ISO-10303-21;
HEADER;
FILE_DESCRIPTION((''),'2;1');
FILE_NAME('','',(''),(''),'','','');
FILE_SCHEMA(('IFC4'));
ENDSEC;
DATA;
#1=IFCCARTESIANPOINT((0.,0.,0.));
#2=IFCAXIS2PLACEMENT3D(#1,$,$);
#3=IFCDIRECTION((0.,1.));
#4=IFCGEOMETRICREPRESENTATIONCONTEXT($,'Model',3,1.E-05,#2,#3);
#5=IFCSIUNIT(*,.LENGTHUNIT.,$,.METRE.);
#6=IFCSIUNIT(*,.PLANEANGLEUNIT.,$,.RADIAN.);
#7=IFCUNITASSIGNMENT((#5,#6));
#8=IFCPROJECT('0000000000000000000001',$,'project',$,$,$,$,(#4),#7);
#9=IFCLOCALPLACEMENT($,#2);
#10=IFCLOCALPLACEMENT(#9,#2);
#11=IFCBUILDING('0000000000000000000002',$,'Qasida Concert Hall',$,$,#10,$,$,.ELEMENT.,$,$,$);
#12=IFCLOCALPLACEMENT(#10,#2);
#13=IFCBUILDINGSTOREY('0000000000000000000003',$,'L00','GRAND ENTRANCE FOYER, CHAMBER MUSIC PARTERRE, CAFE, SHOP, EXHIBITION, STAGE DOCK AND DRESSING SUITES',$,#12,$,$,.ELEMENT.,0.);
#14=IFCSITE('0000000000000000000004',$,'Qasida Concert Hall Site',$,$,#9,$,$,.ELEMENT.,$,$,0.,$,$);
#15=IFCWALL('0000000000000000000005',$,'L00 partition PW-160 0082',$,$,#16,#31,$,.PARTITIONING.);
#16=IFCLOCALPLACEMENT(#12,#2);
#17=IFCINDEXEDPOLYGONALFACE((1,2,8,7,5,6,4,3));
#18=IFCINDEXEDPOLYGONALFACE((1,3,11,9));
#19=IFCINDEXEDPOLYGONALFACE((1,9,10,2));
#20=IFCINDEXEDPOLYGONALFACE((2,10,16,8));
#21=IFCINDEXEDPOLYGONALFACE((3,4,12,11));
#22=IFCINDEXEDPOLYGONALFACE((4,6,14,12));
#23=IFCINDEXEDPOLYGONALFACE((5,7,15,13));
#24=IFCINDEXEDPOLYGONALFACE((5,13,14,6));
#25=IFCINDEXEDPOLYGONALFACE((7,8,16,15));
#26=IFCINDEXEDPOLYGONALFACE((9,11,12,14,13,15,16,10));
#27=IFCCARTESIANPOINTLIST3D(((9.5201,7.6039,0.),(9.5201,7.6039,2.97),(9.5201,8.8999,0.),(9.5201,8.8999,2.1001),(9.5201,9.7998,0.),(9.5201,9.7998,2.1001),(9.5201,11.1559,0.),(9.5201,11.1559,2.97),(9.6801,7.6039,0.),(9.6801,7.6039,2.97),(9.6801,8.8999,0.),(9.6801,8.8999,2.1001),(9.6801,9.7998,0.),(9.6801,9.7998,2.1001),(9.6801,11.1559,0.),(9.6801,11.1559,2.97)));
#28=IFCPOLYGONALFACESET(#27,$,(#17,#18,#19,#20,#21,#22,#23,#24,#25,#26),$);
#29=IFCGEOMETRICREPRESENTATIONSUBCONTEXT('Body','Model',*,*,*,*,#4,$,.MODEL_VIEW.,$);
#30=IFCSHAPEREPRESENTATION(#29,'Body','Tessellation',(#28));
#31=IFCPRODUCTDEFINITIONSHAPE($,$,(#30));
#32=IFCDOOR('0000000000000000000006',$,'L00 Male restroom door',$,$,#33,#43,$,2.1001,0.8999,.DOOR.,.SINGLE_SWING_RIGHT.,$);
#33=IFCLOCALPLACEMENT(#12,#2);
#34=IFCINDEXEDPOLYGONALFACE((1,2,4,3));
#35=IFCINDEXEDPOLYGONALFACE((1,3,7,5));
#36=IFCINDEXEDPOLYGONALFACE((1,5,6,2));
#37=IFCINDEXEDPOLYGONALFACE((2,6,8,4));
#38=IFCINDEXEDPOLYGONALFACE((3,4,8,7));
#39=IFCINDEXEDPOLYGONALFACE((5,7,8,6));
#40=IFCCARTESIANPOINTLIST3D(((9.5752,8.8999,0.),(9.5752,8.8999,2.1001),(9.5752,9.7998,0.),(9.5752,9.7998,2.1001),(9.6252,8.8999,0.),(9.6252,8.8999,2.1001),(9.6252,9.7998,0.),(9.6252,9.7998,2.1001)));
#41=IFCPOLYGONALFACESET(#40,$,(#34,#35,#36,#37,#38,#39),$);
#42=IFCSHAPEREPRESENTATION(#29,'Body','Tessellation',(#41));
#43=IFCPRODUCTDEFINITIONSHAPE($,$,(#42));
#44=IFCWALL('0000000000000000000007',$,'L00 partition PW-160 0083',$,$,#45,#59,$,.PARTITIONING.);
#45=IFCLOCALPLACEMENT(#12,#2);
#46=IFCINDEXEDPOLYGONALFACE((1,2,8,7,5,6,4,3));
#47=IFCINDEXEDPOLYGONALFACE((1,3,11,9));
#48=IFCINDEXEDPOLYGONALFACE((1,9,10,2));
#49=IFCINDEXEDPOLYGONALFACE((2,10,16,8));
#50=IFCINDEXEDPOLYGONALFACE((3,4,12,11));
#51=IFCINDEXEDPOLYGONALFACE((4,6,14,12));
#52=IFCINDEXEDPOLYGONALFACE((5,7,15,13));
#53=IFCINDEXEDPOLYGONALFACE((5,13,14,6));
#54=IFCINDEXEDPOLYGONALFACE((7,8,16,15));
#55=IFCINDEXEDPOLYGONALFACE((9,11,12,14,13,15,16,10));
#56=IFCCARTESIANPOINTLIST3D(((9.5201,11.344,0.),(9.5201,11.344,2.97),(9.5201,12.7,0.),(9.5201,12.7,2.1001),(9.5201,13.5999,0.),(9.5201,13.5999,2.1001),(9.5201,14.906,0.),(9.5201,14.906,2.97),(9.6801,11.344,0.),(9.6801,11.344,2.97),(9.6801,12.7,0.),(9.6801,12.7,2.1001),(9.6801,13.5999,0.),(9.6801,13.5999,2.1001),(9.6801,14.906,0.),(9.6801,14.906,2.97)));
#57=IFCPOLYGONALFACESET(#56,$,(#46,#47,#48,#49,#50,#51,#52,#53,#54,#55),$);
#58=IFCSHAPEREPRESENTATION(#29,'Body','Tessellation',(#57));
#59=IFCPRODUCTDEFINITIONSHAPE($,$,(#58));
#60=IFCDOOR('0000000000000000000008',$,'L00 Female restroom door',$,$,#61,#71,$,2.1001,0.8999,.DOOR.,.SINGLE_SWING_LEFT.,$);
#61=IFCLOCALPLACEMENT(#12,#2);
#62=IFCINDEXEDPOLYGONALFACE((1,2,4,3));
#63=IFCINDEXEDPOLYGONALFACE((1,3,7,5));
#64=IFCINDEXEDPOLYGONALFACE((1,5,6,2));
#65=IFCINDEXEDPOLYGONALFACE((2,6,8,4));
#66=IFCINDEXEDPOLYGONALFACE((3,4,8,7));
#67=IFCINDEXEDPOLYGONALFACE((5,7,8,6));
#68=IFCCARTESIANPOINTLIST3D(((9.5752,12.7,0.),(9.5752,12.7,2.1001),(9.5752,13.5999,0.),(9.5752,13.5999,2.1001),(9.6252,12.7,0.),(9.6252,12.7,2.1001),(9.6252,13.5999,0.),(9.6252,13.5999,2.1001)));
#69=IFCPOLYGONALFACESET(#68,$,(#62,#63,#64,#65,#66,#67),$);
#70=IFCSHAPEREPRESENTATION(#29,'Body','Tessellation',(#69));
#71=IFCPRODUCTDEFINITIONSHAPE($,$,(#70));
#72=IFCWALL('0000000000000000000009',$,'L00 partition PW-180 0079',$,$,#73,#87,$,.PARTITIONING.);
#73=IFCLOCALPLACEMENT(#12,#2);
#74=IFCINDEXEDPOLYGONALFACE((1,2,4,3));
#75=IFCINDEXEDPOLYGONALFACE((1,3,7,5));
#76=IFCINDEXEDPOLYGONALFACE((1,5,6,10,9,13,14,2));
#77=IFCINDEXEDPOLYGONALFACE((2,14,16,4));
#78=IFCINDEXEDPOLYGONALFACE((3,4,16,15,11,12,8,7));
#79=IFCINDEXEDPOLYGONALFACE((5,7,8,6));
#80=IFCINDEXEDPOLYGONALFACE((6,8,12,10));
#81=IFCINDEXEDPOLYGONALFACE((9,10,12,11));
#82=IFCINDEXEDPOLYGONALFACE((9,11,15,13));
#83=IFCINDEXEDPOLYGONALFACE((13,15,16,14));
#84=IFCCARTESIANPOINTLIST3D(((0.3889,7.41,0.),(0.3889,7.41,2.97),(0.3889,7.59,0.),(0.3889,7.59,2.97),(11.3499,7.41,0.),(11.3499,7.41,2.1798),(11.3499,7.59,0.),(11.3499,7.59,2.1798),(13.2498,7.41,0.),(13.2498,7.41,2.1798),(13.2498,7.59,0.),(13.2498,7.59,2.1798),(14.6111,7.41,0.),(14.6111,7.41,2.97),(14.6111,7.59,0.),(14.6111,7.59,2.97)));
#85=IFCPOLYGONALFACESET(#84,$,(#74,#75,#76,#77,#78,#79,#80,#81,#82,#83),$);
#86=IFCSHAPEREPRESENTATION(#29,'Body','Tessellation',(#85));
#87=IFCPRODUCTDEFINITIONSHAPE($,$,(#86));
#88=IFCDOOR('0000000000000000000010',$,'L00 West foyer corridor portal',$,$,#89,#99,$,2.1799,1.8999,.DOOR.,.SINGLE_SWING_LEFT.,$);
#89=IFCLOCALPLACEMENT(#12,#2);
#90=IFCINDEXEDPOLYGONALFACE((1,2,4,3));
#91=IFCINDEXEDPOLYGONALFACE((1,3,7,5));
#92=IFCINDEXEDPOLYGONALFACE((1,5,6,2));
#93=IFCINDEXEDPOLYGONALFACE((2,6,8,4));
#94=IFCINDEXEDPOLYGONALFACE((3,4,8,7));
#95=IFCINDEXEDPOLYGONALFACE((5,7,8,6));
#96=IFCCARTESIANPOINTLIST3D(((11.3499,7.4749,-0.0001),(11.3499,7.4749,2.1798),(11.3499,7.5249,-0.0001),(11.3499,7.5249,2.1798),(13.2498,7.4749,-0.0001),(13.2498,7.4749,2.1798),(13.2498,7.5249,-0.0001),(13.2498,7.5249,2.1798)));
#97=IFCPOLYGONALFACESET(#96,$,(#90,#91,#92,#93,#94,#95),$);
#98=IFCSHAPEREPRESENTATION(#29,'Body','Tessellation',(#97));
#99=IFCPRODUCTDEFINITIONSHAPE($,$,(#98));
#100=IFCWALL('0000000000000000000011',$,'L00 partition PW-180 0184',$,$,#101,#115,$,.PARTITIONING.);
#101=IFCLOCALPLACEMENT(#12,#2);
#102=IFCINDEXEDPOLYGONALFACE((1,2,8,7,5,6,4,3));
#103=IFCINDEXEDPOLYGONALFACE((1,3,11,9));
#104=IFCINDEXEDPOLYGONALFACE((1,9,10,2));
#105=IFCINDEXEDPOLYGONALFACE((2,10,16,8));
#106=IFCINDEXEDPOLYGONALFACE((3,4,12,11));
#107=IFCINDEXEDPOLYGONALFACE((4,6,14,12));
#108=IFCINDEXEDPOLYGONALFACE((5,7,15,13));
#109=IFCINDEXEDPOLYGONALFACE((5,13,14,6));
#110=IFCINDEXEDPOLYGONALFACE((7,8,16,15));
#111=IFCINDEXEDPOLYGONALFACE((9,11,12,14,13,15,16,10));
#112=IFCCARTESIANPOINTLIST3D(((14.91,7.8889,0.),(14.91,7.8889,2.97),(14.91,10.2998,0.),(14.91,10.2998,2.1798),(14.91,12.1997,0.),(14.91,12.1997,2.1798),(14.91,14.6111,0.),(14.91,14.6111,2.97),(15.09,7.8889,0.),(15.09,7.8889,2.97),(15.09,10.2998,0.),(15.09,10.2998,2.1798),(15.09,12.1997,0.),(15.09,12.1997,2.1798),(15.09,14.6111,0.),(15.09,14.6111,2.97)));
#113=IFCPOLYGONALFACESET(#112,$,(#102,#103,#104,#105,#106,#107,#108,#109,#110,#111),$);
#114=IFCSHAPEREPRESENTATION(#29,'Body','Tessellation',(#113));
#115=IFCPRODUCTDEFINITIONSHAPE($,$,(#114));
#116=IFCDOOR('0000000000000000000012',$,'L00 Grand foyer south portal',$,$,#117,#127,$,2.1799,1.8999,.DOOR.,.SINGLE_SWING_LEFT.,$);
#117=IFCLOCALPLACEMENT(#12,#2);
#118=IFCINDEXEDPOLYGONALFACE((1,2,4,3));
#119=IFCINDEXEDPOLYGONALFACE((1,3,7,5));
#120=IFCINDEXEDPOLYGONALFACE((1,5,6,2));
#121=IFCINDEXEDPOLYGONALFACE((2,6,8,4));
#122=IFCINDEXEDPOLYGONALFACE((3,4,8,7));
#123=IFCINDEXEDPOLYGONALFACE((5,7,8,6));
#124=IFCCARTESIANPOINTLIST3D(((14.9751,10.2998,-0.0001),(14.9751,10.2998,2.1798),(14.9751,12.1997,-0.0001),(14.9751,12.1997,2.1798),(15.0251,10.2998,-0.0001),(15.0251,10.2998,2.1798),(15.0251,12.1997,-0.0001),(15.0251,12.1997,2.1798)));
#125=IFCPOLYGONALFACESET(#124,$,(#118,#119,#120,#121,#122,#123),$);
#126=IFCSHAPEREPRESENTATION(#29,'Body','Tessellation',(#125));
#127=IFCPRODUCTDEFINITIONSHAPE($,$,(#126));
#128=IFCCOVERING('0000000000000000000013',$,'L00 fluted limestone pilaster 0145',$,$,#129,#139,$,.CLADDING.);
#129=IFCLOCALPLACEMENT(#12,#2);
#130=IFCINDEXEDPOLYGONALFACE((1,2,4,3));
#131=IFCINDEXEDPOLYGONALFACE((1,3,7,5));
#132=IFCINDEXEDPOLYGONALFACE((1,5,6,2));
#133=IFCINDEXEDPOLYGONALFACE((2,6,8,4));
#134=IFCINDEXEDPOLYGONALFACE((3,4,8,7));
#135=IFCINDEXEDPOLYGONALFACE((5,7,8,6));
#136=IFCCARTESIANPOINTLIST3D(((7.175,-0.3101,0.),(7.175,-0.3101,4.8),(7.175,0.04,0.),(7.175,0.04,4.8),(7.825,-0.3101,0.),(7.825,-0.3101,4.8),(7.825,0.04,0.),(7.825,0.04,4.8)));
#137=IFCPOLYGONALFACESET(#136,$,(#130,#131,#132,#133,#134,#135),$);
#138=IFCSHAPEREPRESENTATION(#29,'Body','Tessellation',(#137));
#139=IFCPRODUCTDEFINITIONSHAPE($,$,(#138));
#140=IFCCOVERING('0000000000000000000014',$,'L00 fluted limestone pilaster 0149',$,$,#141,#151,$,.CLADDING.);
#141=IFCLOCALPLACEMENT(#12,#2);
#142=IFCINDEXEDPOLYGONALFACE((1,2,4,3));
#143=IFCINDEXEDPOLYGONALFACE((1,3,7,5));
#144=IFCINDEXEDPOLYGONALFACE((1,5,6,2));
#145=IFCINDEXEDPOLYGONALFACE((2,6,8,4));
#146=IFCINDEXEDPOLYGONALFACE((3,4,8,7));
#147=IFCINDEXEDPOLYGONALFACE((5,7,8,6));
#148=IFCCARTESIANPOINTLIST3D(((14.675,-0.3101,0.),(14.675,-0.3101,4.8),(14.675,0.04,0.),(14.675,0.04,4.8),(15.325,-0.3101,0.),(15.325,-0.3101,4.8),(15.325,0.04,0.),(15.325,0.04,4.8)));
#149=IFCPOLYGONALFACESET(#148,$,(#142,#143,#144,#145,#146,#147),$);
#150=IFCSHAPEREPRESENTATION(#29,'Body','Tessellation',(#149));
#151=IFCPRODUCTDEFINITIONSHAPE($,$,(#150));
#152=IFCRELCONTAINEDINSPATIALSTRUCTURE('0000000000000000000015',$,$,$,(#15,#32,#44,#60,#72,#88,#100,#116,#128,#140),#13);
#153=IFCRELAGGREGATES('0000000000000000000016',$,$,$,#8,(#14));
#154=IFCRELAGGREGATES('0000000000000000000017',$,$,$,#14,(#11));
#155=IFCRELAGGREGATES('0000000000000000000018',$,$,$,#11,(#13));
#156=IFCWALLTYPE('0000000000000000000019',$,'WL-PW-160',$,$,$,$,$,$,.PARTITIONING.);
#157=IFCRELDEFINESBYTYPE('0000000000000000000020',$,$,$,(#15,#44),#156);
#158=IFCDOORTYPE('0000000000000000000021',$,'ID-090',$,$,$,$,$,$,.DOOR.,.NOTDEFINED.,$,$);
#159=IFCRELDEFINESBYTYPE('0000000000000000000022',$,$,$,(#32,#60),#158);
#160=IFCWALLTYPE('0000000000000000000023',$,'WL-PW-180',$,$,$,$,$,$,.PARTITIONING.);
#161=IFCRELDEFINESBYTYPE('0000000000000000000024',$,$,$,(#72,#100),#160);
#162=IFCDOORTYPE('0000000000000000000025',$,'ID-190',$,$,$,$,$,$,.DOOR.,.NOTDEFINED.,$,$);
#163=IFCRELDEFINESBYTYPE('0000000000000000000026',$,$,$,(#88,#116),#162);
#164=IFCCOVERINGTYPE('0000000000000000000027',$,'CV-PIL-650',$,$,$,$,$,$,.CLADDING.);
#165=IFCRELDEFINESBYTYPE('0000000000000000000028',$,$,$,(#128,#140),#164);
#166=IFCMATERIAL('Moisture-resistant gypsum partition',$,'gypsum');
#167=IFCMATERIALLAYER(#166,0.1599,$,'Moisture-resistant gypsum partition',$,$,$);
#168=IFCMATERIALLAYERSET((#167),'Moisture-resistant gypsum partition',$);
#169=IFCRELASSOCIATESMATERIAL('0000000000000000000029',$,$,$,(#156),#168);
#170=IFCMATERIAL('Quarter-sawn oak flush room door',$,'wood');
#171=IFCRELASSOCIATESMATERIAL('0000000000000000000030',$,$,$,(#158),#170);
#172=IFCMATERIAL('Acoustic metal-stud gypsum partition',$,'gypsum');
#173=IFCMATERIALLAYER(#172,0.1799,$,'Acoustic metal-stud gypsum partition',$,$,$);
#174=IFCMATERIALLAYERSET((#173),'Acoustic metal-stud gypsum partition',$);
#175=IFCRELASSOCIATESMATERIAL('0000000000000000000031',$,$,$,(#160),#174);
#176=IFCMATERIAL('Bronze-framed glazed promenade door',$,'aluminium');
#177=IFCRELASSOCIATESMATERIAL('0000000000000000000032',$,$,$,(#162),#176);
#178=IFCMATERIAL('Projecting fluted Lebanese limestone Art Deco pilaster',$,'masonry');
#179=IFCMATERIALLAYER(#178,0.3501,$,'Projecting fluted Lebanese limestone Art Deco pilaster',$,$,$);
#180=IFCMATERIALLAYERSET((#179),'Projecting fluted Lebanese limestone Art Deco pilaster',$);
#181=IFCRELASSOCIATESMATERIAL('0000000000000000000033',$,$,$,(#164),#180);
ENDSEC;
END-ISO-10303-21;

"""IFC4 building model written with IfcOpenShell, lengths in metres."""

from ifc_helpers import new_model, si_unit, direction, frame, frame_2d, origin, origin_2d, place, context, subcontext, project, spatial, rectangle, extrude, material, layer, layer_set, type_object, element, fill, save


model = new_model("IFC4")

# Units and contexts
model_context = context("Model", 3, precision=1e-05, world=origin(), true_north=direction((0.0, 1.0)))
body_context = subcontext(model_context, "Body", "Model", "MODEL_VIEW")
ifc_project = project(units=[si_unit("LENGTHUNIT", "METRE"), si_unit("PLANEANGLEUNIT", "RADIAN")], contexts=[model_context])

# Site, building, storey
site_placement = place(None, origin())
site = spatial("IfcSite", under=ifc_project, at=site_placement, Name="Qasida Concert Hall Site", CompositionType="ELEMENT", RefElevation=0.0)
building_placement = place(site_placement, origin())
building = spatial("IfcBuilding", under=site, at=building_placement, Name="Qasida Concert Hall", CompositionType="ELEMENT")
storey_placement = place(building_placement, origin())
storey = spatial("IfcBuildingStorey", under=building, at=storey_placement, Name="L00", Description="GRAND ENTRANCE FOYER, CHAMBER MUSIC PARTERRE, CAFE, SHOP, EXHIBITION, STAGE DOCK AND DRESSING SUITES", CompositionType="ELEMENT", Elevation=0.0)

# Shared definitions
ifc_material_1 = material(Name="Moisture-resistant gypsum partition", Category="gypsum")
ifc_layer_1 = layer(ifc_material_1, 0.1599, Name="Moisture-resistant gypsum partition")
ifc_layer_set_1 = layer_set([ifc_layer_1], Name="Moisture-resistant gypsum partition")
wall_type_1 = type_object("IfcWallType", Name="WL-PW-160", PredefinedType="PARTITIONING", material=ifc_layer_set_1)

# Walls, openings, doors
wall_1_placement = place(storey_placement, frame((9.6001, 7.604, 0.0), z_axis=(0.0, 0.0, 1.0), x_axis=(0.0, 1.0, 0.0)))
wall_1 = element("IfcWall", 1, at=wall_1_placement, inside=storey, type_object=wall_type_1, Name="L00 partition PW-160 0082", PredefinedType="PARTITIONING", context=body_context, shape_type="SweptSolid", body=[
    extrude(rectangle(XDim=3.552, YDim=0.1599, at=frame_2d((1.7759, 0.0))), origin(), (0.0, 0.0, 1.0), 2.97),
])
opening_1_placement = place(wall_1_placement, frame((1.2959, 0.0, 0.0)))
opening_1 = element("IfcOpeningElement", 2, at=opening_1_placement, cuts=wall_1, PredefinedType="OPENING", context=body_context, shape_type="SweptSolid", body=[
    extrude(rectangle(XDim=0.8999, YDim=2.1001, at=frame_2d((0.45, 1.05))), frame((0.0, 0.0898, 0.0), z_axis=(0.0, -1.0, 0.0), x_axis=(1.0, 0.0, 0.0)), (0.0, 0.0, 1.0), 0.1799),
])
ifc_material_2 = material(Name="Quarter-sawn oak flush room door", Category="wood")
door_type_1 = type_object("IfcDoorType", Name="ID-090", OperationType="NOTDEFINED", PredefinedType="DOOR", material=ifc_material_2)
door_1_placement = place(opening_1_placement, origin())
door_1 = element("IfcDoor", 3, at=door_1_placement, inside=storey, type_object=door_type_1, Name="L00 Male restroom door", OperationType="SINGLE_SWING_RIGHT", OverallHeight=2.1001, OverallWidth=0.8999, PredefinedType="DOOR", context=body_context, shape_type="SweptSolid", body=[
    extrude(rectangle(XDim=0.8999, YDim=2.1001, at=frame_2d((0.45, 1.05))), frame((0.0, 0.0249, 0.0), z_axis=(0.0, -1.0, 0.0), x_axis=(1.0, 0.0, 0.0)), (0.0, 0.0, 1.0), 0.05),
])
fill(opening_1, door_1)
wall_2_placement = place(storey_placement, frame((9.6001, 11.344, 0.0), z_axis=(0.0, 0.0, 1.0), x_axis=(0.0, 1.0, 0.0)))
wall_2 = element("IfcWall", 4, at=wall_2_placement, inside=storey, type_object=wall_type_1, Name="L00 partition PW-160 0083", PredefinedType="PARTITIONING", context=body_context, shape_type="SweptSolid", body=[
    extrude(rectangle(XDim=3.562, YDim=0.1599, at=frame_2d((1.781, 0.0))), origin(), (0.0, 0.0, 1.0), 2.97),
])
opening_2_placement = place(wall_2_placement, frame((1.356, 0.0, 0.0)))
opening_2 = element("IfcOpeningElement", 5, at=opening_2_placement, cuts=wall_2, PredefinedType="OPENING", context=body_context, shape_type="SweptSolid", body=[
    extrude(rectangle(XDim=0.8999, YDim=2.1001, at=frame_2d((0.45, 1.05))), frame((0.0, 0.0898, 0.0), z_axis=(0.0, -1.0, 0.0), x_axis=(1.0, 0.0, 0.0)), (0.0, 0.0, 1.0), 0.1799),
])
door_2_placement = place(opening_2_placement, origin())
door_2 = element("IfcDoor", 6, at=door_2_placement, inside=storey, type_object=door_type_1, Name="L00 Female restroom door", OperationType="SINGLE_SWING_LEFT", OverallHeight=2.1001, OverallWidth=0.8999, PredefinedType="DOOR", context=body_context, shape_type="SweptSolid", body=[
    extrude(rectangle(XDim=0.8999, YDim=2.1001, at=frame_2d((0.45, 1.05))), frame((0.0, 0.0249, 0.0), z_axis=(0.0, -1.0, 0.0), x_axis=(1.0, 0.0, 0.0)), (0.0, 0.0, 1.0), 0.05),
])
fill(opening_2, door_2)
ifc_material_3 = material(Name="Acoustic metal-stud gypsum partition", Category="gypsum")
ifc_layer_2 = layer(ifc_material_3, 0.1799, Name="Acoustic metal-stud gypsum partition")
ifc_layer_set_2 = layer_set([ifc_layer_2], Name="Acoustic metal-stud gypsum partition")
wall_type_2 = type_object("IfcWallType", Name="WL-PW-180", PredefinedType="PARTITIONING", material=ifc_layer_set_2)
wall_3_placement = place(storey_placement, frame((0.3889, 7.5, 0.0), z_axis=(0.0, 0.0, 1.0), x_axis=(1.0, 0.0, 0.0)))
wall_3 = element("IfcWall", 7, at=wall_3_placement, inside=storey, type_object=wall_type_2, Name="L00 partition PW-180 0079", PredefinedType="PARTITIONING", context=body_context, shape_type="SweptSolid", body=[
    extrude(rectangle(XDim=14.2222, YDim=0.1799, at=frame_2d((7.1111, 0.0))), origin(), (0.0, 0.0, 1.0), 2.97),
])
opening_3_placement = place(wall_3_placement, frame((10.9609, 0.0, 0.0)))
opening_3 = element("IfcOpeningElement", 8, at=opening_3_placement, cuts=wall_3, PredefinedType="OPENING", context=body_context, shape_type="SweptSolid", body=[
    extrude(rectangle(XDim=1.8999, YDim=2.1799, at=frame_2d((0.95, 1.0898))), frame((0.0, 0.0999, 0.0), z_axis=(0.0, -1.0, 0.0), x_axis=(1.0, 0.0, 0.0)), (0.0, 0.0, 1.0), 0.2),
])
ifc_material_4 = material(Name="Bronze-framed glazed promenade door", Category="aluminium")
door_type_2 = type_object("IfcDoorType", Name="ID-190", OperationType="NOTDEFINED", PredefinedType="DOOR", material=ifc_material_4)
door_3_placement = place(opening_3_placement, origin())
door_3 = element("IfcDoor", 9, at=door_3_placement, inside=storey, type_object=door_type_2, Name="L00 West foyer corridor portal", OperationType="SINGLE_SWING_LEFT", OverallHeight=2.1799, OverallWidth=1.8999, PredefinedType="DOOR", context=body_context, shape_type="SweptSolid", body=[
    extrude(rectangle(XDim=1.8999, YDim=2.1799, at=frame_2d((0.95, 1.0898))), frame((0.0, 0.0249, 0.0), z_axis=(0.0, -1.0, 0.0), x_axis=(1.0, 0.0, 0.0)), (0.0, 0.0, 1.0), 0.05),
])
fill(opening_3, door_3)
wall_4_placement = place(storey_placement, frame((15.0, 7.8889, 0.0), z_axis=(0.0, 0.0, 1.0), x_axis=(0.0, 1.0, 0.0)))
wall_4 = element("IfcWall", 10, at=wall_4_placement, inside=storey, type_object=wall_type_2, Name="L00 partition PW-180 0184", PredefinedType="PARTITIONING", context=body_context, shape_type="SweptSolid", body=[
    extrude(rectangle(XDim=6.7222, YDim=0.1799, at=frame_2d((3.3611, 0.0))), origin(), (0.0, 0.0, 1.0), 2.97),
])
opening_4_placement = place(wall_4_placement, frame((2.4109, 0.0, 0.0)))
opening_4 = element("IfcOpeningElement", 11, at=opening_4_placement, cuts=wall_4, PredefinedType="OPENING", context=body_context, shape_type="SweptSolid", body=[
    extrude(rectangle(XDim=1.8999, YDim=2.1799, at=frame_2d((0.95, 1.0898))), frame((0.0, 0.0999, 0.0), z_axis=(0.0, -1.0, 0.0), x_axis=(1.0, 0.0, 0.0)), (0.0, 0.0, 1.0), 0.2),
])
door_4_placement = place(opening_4_placement, origin())
door_4 = element("IfcDoor", 12, at=door_4_placement, inside=storey, type_object=door_type_2, Name="L00 Grand foyer south portal", OperationType="SINGLE_SWING_LEFT", OverallHeight=2.1799, OverallWidth=1.8999, PredefinedType="DOOR", context=body_context, shape_type="SweptSolid", body=[
    extrude(rectangle(XDim=1.8999, YDim=2.1799, at=frame_2d((0.95, 1.0898))), frame((0.0, 0.0249, 0.0), z_axis=(0.0, -1.0, 0.0), x_axis=(1.0, 0.0, 0.0)), (0.0, 0.0, 1.0), 0.05),
])
fill(opening_4, door_4)

# Coverings
ifc_material_5 = material(Name="Projecting fluted Lebanese limestone Art Deco pilaster", Category="masonry")
ifc_layer_3 = layer(ifc_material_5, 0.3501, Name="Projecting fluted Lebanese limestone Art Deco pilaster")
ifc_layer_set_3 = layer_set([ifc_layer_3], Name="Projecting fluted Lebanese limestone Art Deco pilaster")
covering_type = type_object("IfcCoveringType", Name="CV-PIL-650", PredefinedType="CLADDING", material=ifc_layer_set_3)
for number, where, z_axis, x_axis, name in (
    (13, (7.5, -0.135, 0.0), (0.0, 0.0, 1.0), (1.0, 0.0, 0.0), "L00 fluted limestone pilaster 0145"),
    (14, (15.0, -0.135, 0.0), (0.0, 0.0, 1.0), (1.0, 0.0, 0.0), "L00 fluted limestone pilaster 0149"),
):
    element("IfcCovering", number, at=place(storey_placement, frame(where, z_axis=z_axis, x_axis=x_axis)), inside=storey, type_object=covering_type, Name=name, PredefinedType="CLADDING", context=body_context, shape_type="SweptSolid", body=[
        extrude(rectangle(XDim=0.6499, YDim=0.3501, at=origin_2d()), origin(), (0.0, 0.0, 1.0), 4.8),
    ])

save(model, "model.ifc")
